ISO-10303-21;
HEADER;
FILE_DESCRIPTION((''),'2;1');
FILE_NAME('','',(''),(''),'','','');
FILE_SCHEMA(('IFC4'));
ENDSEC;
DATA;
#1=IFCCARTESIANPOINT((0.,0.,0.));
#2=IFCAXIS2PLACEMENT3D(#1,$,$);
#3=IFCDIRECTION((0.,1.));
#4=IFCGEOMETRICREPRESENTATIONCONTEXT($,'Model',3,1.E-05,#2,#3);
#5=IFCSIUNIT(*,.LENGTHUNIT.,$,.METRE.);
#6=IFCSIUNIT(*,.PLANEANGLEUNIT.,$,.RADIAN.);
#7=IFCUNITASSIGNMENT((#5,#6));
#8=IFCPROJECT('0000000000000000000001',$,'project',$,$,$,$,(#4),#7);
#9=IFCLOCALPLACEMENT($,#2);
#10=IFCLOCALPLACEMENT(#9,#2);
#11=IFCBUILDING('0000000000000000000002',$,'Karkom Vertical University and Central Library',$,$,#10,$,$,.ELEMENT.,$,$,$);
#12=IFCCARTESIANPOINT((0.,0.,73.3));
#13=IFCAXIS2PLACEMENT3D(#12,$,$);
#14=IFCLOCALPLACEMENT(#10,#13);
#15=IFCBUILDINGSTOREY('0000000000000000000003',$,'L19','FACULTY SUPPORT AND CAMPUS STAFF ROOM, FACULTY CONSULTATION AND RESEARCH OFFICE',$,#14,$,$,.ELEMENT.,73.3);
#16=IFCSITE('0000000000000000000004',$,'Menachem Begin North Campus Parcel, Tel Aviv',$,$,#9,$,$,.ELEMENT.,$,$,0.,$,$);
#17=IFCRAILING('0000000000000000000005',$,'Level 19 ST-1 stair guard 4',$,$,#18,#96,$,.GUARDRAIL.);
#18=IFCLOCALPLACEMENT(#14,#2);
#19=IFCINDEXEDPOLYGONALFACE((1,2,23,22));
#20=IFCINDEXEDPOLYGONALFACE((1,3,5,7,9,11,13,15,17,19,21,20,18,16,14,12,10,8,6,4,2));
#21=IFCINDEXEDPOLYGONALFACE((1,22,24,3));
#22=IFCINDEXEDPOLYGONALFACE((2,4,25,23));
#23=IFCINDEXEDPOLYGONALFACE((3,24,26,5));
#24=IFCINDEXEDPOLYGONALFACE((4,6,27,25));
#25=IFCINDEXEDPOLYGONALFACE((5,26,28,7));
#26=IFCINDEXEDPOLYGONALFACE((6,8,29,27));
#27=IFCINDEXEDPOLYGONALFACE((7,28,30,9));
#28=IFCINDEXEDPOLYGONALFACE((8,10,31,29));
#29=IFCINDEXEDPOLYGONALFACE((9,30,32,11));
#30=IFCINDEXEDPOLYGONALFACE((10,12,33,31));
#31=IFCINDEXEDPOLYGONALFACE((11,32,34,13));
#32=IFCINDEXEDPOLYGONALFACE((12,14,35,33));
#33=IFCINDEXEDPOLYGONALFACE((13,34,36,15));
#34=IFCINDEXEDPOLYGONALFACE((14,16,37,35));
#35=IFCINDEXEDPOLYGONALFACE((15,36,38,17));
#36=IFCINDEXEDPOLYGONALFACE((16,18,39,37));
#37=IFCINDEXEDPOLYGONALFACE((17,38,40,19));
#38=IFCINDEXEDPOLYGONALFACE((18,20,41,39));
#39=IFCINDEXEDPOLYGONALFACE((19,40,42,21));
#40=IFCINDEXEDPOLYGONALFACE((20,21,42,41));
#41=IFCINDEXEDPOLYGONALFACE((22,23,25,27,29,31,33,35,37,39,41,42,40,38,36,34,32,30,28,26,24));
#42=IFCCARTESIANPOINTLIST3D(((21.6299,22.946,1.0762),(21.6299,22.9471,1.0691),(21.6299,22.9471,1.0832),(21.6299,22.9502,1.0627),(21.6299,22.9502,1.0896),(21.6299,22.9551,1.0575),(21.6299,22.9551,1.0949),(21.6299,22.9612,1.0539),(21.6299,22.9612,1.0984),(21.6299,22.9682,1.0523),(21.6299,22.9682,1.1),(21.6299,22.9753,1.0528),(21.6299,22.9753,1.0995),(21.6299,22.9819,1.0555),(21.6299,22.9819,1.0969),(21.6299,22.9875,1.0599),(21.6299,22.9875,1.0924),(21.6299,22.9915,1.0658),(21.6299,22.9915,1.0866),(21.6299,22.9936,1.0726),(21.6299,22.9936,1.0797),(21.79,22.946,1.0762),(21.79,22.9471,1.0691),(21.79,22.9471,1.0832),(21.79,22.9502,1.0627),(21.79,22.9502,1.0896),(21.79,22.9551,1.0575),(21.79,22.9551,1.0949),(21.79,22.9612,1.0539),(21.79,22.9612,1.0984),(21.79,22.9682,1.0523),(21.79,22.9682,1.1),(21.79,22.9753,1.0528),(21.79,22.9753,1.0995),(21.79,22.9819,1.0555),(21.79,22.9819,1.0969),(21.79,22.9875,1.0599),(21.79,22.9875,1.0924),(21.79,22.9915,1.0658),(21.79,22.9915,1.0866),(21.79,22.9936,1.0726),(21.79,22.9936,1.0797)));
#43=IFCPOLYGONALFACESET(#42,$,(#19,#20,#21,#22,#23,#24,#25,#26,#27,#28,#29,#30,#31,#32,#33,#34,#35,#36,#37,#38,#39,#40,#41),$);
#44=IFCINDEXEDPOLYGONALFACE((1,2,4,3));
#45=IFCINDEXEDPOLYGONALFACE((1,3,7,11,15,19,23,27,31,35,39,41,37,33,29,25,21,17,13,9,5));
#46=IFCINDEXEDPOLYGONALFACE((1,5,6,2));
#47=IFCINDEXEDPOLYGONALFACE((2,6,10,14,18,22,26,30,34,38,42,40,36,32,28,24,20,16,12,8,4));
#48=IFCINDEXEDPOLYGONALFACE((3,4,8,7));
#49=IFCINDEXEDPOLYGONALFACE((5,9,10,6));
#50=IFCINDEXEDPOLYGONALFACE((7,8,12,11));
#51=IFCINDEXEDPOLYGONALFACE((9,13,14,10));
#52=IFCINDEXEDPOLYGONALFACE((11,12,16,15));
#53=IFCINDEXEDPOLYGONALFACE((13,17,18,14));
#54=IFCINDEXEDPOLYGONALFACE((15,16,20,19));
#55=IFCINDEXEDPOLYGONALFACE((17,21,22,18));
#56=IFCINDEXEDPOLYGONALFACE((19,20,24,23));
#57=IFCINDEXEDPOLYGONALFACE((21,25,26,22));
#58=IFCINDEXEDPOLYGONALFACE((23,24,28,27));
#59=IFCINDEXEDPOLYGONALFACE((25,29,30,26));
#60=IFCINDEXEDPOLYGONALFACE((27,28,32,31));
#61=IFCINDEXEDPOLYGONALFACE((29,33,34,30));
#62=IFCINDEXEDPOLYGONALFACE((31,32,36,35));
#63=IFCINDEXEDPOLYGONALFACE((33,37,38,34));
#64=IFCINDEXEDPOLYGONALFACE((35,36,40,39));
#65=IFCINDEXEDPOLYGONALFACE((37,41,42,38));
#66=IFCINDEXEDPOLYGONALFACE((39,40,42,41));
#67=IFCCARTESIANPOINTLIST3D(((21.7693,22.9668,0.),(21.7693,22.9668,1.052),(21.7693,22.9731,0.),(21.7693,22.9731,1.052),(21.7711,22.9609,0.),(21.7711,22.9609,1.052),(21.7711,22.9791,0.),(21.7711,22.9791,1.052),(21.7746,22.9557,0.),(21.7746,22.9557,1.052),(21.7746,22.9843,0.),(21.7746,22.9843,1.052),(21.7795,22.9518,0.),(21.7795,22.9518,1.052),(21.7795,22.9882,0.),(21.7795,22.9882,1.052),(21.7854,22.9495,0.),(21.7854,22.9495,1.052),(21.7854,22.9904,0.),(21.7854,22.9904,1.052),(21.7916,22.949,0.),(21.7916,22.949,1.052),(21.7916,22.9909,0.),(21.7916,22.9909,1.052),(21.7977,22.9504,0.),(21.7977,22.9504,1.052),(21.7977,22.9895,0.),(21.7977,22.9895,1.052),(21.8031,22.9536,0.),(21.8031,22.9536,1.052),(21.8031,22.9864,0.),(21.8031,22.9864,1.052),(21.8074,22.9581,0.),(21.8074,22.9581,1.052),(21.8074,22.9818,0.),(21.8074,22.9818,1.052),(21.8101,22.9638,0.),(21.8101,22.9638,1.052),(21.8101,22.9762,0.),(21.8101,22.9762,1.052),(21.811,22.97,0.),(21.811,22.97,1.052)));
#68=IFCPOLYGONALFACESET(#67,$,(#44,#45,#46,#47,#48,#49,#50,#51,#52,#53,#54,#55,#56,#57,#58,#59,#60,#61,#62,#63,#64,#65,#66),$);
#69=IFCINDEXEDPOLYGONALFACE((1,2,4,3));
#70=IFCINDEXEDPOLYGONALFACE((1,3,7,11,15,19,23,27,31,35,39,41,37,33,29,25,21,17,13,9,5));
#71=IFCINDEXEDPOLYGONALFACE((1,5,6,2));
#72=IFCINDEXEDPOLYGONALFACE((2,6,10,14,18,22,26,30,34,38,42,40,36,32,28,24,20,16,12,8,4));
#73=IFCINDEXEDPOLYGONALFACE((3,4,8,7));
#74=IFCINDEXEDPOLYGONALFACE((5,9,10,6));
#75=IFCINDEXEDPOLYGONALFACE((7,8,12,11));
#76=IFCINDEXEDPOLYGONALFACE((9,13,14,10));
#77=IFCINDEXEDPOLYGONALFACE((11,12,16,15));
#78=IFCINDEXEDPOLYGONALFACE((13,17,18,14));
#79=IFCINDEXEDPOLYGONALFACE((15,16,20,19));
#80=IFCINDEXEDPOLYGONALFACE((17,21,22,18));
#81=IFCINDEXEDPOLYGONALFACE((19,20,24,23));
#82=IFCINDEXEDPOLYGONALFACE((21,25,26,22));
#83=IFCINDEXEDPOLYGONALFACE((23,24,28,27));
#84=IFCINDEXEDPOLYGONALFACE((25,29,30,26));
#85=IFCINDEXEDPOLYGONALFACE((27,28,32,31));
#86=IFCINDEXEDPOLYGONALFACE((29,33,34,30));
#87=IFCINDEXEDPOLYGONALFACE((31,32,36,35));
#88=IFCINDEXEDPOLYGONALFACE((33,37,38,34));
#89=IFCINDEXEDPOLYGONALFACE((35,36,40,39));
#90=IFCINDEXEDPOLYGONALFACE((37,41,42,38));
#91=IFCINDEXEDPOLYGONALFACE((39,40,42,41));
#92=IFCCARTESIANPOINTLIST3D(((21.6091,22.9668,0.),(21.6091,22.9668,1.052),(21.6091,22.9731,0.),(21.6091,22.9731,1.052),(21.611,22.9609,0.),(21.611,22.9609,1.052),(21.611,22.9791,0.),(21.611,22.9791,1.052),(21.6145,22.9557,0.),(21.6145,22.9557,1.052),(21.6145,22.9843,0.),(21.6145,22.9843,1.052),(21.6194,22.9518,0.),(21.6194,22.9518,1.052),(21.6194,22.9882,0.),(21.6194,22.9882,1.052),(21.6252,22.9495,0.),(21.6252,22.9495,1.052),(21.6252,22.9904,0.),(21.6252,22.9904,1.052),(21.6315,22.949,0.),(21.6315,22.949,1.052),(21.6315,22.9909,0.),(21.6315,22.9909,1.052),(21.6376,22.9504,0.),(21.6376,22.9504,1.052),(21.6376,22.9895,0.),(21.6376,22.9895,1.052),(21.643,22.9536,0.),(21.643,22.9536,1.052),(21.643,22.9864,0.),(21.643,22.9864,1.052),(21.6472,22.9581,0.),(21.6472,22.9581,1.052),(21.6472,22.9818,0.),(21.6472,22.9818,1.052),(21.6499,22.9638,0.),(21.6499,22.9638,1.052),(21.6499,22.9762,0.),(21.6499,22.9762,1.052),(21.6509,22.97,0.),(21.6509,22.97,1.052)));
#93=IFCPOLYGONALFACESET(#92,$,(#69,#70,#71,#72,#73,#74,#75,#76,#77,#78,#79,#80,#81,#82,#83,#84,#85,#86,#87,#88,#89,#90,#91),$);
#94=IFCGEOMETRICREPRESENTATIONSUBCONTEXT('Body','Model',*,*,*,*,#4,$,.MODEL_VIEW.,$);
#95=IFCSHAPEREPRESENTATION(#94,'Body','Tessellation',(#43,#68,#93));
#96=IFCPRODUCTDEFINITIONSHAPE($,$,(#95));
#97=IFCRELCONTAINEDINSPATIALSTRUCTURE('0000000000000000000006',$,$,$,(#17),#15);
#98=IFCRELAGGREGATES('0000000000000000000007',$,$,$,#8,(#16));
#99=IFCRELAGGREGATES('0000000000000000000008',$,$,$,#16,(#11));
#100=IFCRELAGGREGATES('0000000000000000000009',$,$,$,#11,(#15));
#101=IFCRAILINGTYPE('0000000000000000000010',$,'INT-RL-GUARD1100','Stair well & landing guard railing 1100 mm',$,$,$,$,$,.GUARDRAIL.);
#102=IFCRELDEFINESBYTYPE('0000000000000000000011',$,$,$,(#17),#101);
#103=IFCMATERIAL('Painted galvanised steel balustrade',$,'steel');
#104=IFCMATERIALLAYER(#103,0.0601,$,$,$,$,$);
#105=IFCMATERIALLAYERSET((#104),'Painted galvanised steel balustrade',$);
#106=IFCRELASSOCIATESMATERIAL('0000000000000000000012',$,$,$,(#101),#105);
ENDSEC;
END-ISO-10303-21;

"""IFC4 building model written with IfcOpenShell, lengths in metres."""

from ifc_helpers import new_model, si_unit, direction, frame, origin, origin_2d, place, context, subcontext, project, spatial, circle, extrude, material, layer, layer_set, type_object, element, save


model = new_model("IFC4")

# Units and contexts
model_context = context("Model", 3, precision=1e-05, world=origin(), true_north=direction((0.0, 1.0)))
body_context = subcontext(model_context, "Body", "Model", "MODEL_VIEW")
ifc_project = project(units=[si_unit("LENGTHUNIT", "METRE"), si_unit("PLANEANGLEUNIT", "RADIAN")], contexts=[model_context])

# Site, building, storey
site_placement = place(None, origin())
site = spatial("IfcSite", under=ifc_project, at=site_placement, Name="Menachem Begin North Campus Parcel, Tel Aviv", CompositionType="ELEMENT", RefElevation=0.0)
building_placement = place(site_placement, origin())
building = spatial("IfcBuilding", under=site, at=building_placement, Name="Karkom Vertical University and Central Library", CompositionType="ELEMENT")
storey_placement = place(building_placement, frame((0.0, 0.0, 73.3)))
storey = spatial("IfcBuildingStorey", under=building, at=storey_placement, Name="L19", Description="FACULTY SUPPORT AND CAMPUS STAFF ROOM, FACULTY CONSULTATION AND RESEARCH OFFICE", CompositionType="ELEMENT", Elevation=73.3)

# Railing
ifc_material_1 = material(Name="Painted galvanised steel balustrade", Category="steel")
ifc_layer_1 = layer(ifc_material_1, 0.0601)
ifc_layer_set_1 = layer_set([ifc_layer_1], Name="Painted galvanised steel balustrade")
railing_type_1 = type_object("IfcRailingType", Name="INT-RL-GUARD1100", Description="Stair well & landing guard railing 1100 mm", PredefinedType="GUARDRAIL", material=ifc_layer_set_1)
railing_1_placement = place(storey_placement, frame((21.79, 22.97, 0.0)))
element("IfcRailing", 1, at=railing_1_placement, inside=storey, type_object=railing_type_1, Name="Level 19 ST-1 stair guard 4", PredefinedType="GUARDRAIL", context=body_context, shape_type="SweptSolid", body=[
    extrude(circle(Radius=0.0239, at=origin_2d()), frame((0.0, 0.0, 1.0762), z_axis=(-1.0, 0.0, 0.0), x_axis=(0.0, -1.0, 0.0)), (0.0, 0.0, 1.0), 0.1602),
    extrude(circle(Radius=0.021, at=origin_2d()), origin(), (0.0, 0.0, 1.0), 1.052),
    extrude(circle(Radius=0.021, at=origin_2d()), frame((-0.1602, 0.0, 0.0)), (0.0, 0.0, 1.0), 1.052),
])

save(model, "model.ifc")
